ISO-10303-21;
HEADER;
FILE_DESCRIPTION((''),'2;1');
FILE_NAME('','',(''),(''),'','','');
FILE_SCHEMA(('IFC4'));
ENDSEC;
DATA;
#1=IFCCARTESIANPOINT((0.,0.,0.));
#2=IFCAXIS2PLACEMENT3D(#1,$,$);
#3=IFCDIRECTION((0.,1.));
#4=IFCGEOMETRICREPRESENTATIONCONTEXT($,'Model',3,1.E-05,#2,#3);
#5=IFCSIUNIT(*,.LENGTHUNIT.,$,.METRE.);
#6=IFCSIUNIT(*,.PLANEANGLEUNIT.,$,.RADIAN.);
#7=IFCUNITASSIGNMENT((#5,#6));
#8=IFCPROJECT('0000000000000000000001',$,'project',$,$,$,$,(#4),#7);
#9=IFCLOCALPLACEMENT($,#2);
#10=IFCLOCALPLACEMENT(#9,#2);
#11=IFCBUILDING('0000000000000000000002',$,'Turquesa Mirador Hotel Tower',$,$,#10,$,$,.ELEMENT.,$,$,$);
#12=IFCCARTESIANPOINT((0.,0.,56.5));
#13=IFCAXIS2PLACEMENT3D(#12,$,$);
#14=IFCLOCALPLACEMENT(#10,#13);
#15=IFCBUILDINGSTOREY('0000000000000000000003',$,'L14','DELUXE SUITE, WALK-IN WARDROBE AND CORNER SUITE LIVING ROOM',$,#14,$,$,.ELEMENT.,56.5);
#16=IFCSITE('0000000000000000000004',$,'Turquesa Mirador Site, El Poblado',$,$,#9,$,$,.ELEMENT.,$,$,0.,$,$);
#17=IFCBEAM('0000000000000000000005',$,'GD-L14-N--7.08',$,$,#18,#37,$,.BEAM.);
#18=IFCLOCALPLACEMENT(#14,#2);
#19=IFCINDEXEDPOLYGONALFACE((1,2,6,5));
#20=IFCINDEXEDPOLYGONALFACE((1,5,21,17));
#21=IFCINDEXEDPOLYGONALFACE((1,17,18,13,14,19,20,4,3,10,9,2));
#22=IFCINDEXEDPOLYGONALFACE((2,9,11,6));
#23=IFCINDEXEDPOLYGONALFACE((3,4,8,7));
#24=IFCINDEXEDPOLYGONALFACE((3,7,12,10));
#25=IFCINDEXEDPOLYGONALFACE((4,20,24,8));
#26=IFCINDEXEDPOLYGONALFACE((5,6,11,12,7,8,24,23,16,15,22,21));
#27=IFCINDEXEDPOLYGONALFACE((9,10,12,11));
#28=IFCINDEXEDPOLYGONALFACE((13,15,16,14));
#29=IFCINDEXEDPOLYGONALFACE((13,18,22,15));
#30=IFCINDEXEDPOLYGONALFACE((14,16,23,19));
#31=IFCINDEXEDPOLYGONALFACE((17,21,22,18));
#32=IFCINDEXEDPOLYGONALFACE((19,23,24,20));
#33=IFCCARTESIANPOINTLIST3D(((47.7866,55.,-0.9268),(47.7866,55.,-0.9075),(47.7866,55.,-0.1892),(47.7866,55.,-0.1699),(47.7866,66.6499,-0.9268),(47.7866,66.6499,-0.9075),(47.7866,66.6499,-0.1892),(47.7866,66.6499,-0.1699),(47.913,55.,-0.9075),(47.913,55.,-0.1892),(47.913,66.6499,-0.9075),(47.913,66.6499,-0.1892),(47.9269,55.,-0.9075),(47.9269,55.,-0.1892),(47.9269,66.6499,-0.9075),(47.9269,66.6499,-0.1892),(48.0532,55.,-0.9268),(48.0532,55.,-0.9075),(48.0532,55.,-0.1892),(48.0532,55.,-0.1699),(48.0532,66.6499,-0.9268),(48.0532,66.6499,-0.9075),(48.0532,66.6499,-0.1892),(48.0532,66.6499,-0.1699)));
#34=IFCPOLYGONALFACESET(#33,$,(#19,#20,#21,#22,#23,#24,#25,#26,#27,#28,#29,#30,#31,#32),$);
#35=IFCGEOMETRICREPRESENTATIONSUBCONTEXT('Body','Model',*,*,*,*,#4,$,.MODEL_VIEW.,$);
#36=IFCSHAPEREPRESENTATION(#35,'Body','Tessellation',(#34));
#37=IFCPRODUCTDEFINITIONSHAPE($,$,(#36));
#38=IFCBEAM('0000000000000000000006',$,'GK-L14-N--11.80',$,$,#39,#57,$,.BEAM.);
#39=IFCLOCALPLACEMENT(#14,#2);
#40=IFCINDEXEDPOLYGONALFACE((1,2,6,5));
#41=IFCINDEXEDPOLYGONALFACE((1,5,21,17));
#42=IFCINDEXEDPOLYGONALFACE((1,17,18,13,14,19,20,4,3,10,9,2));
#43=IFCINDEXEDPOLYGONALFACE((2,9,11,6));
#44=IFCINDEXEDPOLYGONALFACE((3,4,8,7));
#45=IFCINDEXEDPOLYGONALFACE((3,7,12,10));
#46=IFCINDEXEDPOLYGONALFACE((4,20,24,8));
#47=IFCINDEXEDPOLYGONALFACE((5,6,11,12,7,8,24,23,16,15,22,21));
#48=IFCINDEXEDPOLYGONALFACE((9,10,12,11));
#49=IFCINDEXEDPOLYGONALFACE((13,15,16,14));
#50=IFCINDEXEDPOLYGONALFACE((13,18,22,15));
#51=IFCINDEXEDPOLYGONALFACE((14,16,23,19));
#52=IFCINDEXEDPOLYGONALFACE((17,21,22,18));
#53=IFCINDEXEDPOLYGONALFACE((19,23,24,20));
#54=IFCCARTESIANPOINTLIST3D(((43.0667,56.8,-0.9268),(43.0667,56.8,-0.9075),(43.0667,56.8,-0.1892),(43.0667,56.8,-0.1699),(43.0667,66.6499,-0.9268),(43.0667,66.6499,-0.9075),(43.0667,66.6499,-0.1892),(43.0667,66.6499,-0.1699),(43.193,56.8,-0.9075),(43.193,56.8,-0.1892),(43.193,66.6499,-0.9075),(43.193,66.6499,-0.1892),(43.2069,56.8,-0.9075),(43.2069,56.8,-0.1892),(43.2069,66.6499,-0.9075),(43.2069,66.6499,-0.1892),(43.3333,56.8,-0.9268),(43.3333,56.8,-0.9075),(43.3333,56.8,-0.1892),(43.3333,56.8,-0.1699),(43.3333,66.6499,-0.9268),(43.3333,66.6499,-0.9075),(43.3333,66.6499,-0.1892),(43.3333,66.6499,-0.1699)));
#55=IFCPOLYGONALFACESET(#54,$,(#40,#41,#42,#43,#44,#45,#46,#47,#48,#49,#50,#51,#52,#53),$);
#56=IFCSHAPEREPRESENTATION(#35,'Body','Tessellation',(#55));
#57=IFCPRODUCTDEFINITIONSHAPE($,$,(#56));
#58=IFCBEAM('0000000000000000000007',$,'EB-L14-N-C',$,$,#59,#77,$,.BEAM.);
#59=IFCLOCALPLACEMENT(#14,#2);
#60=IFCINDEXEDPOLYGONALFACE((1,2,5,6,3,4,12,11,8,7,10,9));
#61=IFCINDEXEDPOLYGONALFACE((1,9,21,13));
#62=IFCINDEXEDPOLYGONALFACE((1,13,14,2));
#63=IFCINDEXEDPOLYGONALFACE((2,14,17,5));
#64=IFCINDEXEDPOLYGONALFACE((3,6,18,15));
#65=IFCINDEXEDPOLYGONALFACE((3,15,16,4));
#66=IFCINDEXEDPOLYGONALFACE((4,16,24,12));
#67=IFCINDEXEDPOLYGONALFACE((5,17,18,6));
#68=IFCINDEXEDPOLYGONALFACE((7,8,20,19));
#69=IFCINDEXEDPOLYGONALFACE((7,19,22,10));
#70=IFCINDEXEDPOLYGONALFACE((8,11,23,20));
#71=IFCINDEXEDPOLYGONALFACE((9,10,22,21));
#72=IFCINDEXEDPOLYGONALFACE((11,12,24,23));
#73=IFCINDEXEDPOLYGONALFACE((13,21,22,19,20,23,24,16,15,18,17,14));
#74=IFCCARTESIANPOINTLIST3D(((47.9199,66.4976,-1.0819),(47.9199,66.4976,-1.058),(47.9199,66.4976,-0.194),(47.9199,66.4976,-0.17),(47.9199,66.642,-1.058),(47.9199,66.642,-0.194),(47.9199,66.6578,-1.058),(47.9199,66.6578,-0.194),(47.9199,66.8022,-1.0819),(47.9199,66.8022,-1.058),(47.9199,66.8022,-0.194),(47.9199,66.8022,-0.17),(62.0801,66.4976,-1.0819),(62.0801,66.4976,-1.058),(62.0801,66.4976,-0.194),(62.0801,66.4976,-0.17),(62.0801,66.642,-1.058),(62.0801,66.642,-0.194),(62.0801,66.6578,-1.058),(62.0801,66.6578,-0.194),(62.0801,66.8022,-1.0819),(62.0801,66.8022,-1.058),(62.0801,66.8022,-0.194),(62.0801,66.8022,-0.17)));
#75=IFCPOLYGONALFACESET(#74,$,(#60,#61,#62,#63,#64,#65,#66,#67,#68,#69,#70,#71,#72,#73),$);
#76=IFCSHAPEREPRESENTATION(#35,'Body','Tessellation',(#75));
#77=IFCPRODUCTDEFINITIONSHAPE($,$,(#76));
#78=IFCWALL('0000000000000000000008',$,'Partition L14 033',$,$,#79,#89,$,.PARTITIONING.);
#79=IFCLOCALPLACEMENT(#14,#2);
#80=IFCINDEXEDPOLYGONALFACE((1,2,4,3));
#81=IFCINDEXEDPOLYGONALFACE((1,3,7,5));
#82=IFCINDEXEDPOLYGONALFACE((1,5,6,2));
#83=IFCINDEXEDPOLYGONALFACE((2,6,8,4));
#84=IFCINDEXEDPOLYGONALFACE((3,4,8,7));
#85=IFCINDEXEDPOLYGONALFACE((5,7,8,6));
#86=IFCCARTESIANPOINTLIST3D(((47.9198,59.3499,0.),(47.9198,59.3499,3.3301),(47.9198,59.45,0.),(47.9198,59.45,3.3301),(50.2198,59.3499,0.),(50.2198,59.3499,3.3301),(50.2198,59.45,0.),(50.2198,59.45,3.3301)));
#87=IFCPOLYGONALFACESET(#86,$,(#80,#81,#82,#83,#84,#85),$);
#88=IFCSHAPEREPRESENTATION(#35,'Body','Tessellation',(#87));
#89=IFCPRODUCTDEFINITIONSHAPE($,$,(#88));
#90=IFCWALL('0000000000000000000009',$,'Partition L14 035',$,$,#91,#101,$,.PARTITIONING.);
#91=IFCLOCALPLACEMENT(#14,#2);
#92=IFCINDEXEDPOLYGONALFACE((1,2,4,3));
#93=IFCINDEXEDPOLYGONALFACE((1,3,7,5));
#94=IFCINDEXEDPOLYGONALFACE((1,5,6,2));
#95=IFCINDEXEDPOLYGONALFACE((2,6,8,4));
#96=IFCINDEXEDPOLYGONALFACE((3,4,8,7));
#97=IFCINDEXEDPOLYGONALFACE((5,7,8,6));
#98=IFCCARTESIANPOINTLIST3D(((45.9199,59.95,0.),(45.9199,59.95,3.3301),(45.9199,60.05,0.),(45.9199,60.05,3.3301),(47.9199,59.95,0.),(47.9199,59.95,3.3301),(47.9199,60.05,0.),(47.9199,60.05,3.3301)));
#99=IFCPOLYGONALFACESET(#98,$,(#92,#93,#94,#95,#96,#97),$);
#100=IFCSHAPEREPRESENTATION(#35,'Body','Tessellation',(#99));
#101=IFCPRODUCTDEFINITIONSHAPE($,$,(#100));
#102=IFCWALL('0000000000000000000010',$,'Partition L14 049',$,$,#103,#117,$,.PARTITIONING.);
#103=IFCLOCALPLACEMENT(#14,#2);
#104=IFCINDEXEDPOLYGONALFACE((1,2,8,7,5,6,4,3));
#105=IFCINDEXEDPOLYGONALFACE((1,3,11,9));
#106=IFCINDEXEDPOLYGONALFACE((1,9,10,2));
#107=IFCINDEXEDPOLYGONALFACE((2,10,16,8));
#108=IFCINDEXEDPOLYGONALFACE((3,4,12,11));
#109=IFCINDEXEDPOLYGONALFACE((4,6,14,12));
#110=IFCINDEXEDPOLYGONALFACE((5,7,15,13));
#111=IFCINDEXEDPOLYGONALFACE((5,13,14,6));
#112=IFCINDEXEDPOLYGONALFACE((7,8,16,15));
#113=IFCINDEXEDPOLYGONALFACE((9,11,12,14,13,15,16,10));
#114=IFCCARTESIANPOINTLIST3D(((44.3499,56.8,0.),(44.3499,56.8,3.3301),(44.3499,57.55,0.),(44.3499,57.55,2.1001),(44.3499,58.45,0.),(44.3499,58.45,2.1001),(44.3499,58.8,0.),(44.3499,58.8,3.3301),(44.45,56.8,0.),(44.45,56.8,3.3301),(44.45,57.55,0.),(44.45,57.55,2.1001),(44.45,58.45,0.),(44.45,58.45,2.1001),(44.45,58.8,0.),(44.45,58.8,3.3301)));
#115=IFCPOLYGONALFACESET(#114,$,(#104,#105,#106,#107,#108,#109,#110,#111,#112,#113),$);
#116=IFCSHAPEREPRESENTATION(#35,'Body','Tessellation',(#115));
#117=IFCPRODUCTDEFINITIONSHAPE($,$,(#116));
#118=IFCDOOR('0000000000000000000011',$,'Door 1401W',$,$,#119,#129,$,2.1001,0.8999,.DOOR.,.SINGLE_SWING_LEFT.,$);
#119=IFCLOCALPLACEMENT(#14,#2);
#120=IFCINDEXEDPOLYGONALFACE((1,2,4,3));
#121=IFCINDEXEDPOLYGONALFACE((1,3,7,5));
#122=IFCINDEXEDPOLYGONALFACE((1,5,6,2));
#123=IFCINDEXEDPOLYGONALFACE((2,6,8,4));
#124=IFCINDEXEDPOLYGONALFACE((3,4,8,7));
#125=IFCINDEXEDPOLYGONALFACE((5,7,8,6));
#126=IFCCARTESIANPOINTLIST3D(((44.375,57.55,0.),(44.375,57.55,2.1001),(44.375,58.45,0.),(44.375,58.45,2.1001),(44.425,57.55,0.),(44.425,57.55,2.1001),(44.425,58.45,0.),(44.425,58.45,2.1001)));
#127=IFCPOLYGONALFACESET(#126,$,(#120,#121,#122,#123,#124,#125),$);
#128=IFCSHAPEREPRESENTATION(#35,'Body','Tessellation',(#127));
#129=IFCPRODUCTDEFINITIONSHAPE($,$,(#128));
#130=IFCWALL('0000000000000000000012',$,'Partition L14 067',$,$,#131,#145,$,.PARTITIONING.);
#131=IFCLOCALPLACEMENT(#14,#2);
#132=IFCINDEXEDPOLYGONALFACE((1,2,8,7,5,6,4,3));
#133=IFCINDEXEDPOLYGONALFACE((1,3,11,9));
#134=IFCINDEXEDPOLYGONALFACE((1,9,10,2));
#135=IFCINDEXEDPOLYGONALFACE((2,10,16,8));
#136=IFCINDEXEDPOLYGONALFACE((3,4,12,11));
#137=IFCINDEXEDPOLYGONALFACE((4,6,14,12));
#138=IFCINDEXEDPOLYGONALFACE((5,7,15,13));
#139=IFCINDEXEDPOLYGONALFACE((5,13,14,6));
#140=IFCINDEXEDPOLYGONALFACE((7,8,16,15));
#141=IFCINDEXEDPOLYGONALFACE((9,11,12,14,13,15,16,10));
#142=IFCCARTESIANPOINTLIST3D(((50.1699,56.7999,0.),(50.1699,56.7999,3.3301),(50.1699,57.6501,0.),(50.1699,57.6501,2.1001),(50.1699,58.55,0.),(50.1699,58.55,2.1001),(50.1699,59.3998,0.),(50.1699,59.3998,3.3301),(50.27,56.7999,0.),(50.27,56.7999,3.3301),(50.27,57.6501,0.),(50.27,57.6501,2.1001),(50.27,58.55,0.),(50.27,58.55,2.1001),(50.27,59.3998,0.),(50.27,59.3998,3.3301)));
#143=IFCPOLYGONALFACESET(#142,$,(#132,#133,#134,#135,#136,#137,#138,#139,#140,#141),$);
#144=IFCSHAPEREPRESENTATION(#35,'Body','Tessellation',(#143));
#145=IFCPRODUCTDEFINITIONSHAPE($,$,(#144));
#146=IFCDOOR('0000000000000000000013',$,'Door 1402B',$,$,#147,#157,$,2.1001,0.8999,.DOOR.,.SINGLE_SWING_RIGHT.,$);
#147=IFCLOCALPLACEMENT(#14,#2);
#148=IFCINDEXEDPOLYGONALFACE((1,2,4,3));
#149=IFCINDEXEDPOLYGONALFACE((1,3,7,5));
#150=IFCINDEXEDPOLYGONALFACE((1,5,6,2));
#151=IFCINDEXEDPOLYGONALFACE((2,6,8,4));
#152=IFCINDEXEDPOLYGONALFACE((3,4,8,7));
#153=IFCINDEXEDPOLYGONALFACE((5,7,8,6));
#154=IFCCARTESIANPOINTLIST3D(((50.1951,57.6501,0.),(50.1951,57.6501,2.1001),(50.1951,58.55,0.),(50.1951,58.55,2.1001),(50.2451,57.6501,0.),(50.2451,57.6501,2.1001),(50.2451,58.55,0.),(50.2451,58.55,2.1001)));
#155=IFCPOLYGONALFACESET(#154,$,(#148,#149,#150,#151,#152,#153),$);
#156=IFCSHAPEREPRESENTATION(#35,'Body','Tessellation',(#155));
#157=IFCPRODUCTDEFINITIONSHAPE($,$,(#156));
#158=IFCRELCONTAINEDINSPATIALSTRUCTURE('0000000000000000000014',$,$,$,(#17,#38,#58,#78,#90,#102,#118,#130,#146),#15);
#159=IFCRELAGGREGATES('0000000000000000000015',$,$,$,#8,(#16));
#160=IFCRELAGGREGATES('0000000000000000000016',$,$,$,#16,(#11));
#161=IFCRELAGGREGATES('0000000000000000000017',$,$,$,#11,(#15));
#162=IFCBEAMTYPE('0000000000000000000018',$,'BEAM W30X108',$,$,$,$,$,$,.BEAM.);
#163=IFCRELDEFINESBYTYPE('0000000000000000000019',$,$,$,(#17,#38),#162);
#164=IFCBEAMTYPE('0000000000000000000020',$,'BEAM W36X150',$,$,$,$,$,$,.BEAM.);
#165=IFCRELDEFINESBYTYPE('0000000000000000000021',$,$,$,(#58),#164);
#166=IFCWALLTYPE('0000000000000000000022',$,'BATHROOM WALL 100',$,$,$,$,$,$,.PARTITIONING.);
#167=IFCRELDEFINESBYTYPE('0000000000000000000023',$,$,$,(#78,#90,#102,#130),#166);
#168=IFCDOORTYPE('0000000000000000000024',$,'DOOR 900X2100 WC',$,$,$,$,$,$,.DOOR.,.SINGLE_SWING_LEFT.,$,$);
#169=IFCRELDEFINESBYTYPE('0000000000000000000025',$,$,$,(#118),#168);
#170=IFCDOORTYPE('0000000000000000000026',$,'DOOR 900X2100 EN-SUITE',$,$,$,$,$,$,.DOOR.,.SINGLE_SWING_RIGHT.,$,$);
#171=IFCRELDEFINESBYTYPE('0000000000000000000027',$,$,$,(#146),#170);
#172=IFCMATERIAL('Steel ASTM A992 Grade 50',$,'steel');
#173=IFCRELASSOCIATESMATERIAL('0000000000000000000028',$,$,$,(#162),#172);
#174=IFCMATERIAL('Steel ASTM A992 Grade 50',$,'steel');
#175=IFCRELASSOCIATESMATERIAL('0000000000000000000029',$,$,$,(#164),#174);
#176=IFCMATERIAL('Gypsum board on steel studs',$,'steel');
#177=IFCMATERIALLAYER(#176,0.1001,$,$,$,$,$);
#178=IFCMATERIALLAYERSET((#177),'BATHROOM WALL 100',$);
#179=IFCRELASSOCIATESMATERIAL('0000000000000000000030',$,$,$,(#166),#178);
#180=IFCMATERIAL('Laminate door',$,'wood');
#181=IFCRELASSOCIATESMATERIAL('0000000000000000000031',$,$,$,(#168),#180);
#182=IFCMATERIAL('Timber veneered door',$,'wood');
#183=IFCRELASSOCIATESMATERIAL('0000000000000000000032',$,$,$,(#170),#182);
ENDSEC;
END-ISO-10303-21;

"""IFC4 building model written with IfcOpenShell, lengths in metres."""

from ifc_helpers import new_model, si_unit, direction, frame, frame_2d, origin, origin_2d, place, context, subcontext, project, spatial, rectangle, i_section, extrude, material, layer, layer_set, material_profile, profile_set, type_object, element, fill, save


model = new_model("IFC4")

# Units and contexts
model_context = context("Model", 3, precision=1e-05, world=origin(), true_north=direction((0.0, 1.0)))
body_context = subcontext(model_context, "Body", "Model", "MODEL_VIEW")
ifc_project = project(units=[si_unit("LENGTHUNIT", "METRE"), si_unit("PLANEANGLEUNIT", "RADIAN")], contexts=[model_context])

# Site, building, storey
site_placement = place(None, origin())
site = spatial("IfcSite", under=ifc_project, at=site_placement, Name="Turquesa Mirador Site, El Poblado", CompositionType="ELEMENT", RefElevation=0.0)
building_placement = place(site_placement, origin())
building = spatial("IfcBuilding", under=site, at=building_placement, Name="Turquesa Mirador Hotel Tower", CompositionType="ELEMENT")
storey_placement = place(building_placement, frame((0.0, 0.0, 56.5)))
storey = spatial("IfcBuildingStorey", under=building, at=storey_placement, Name="L14", Description="DELUXE SUITE, WALK-IN WARDROBE AND CORNER SUITE LIVING ROOM", CompositionType="ELEMENT", Elevation=56.5)

# Beams
ifc_material_1 = material(Name="Steel ASTM A992 Grade 50", Category="steel")
ifc_material_profile_1 = material_profile(ifc_material_1, i_section(OverallWidth=0.2666, OverallDepth=0.7568, WebThickness=0.0139, FlangeThickness=0.0193, at=origin_2d()), Name="W30X108")
ifc_profile_set_1 = profile_set([ifc_material_profile_1], Name="Steel ASTM A992 Grade 50")
beam_type_1 = type_object("IfcBeamType", Name="BEAM W30X108", PredefinedType="BEAM", material=ifc_profile_set_1)
beam_1_placement = place(storey_placement, frame((47.9199, 66.6499, -0.5483), z_axis=(0.0, -1.0, 0.0), x_axis=(1.0, 0.0, 0.0)))
element("IfcBeam", 1, at=beam_1_placement, inside=storey, type_object=beam_type_1, Name="GD-L14-N--7.08", PredefinedType="BEAM", context=body_context, shape_type="SweptSolid", body=[
    extrude(i_section(OverallWidth=0.2666, OverallDepth=0.7568, WebThickness=0.0139, FlangeThickness=0.0193, at=origin_2d()), origin(), (0.0, 0.0, 1.0), 11.6499),
])
beam_2_placement = place(storey_placement, frame((43.2, 66.6499, -0.5483), z_axis=(0.0, -1.0, 0.0), x_axis=(1.0, 0.0, 0.0)))
element("IfcBeam", 2, at=beam_2_placement, inside=storey, type_object=beam_type_1, Name="GK-L14-N--11.80", PredefinedType="BEAM", context=body_context, shape_type="SweptSolid", body=[
    extrude(i_section(OverallWidth=0.2666, OverallDepth=0.7568, WebThickness=0.0139, FlangeThickness=0.0193, at=origin_2d()), origin(), (0.0, 0.0, 1.0), 9.8499),
])
ifc_material_2 = material(Name="Steel ASTM A992 Grade 50", Category="steel")
ifc_material_profile_2 = material_profile(ifc_material_2, i_section(OverallWidth=0.3047, OverallDepth=0.9119, WebThickness=0.0159, FlangeThickness=0.0239, at=origin_2d()), Name="W36X150")
ifc_profile_set_2 = profile_set([ifc_material_profile_2], Name="Steel ASTM A992 Grade 50")
beam_type_2 = type_object("IfcBeamType", Name="BEAM W36X150", PredefinedType="BEAM", material=ifc_profile_set_2)
beam_3_placement = place(storey_placement, frame((47.9199, 66.6499, -0.626), z_axis=(1.0, 0.0, 0.0), x_axis=(0.0, 1.0, 0.0)))
element("IfcBeam", 3, at=beam_3_placement, inside=storey, type_object=beam_type_2, Name="EB-L14-N-C", PredefinedType="BEAM", context=body_context, shape_type="SweptSolid", body=[
    extrude(i_section(OverallWidth=0.3047, OverallDepth=0.9119, WebThickness=0.0159, FlangeThickness=0.0239, at=origin_2d()), origin(), (0.0, 0.0, 1.0), 14.1602),
])

# Walls
ifc_material_3 = material(Name="Gypsum board on steel studs", Category="steel")
ifc_layer_1 = layer(ifc_material_3, 0.1001)
ifc_layer_set_1 = layer_set([ifc_layer_1], Name="BATHROOM WALL 100")
wall_type_1 = type_object("IfcWallType", Name="BATHROOM WALL 100", PredefinedType="PARTITIONING", material=ifc_layer_set_1)
wall_1_placement = place(storey_placement, frame((47.9199, 59.3999, 0.0), z_axis=(0.0, 0.0, 1.0), x_axis=(1.0, 0.0, 0.0)))
element("IfcWall", 4, at=wall_1_placement, inside=storey, type_object=wall_type_1, Name="Partition L14 033", PredefinedType="PARTITIONING", context=body_context, shape_type="SweptSolid", body=[
    extrude(rectangle(XDim=2.3, YDim=0.1001, at=frame_2d((1.1499, 0.0))), origin(), (0.0, 0.0, 1.0), 3.3301),
])
wall_2_placement = place(storey_placement, frame((45.9199, 60.0, 0.0), z_axis=(0.0, 0.0, 1.0), x_axis=(1.0, 0.0, 0.0)))
element("IfcWall", 5, at=wall_2_placement, inside=storey, type_object=wall_type_1, Name="Partition L14 035", PredefinedType="PARTITIONING", context=body_context, shape_type="SweptSolid", body=[
    extrude(rectangle(XDim=2.0, YDim=0.1001, at=frame_2d((1.0, 0.0))), origin(), (0.0, 0.0, 1.0), 3.3301),
])

# Walls, openings, doors
wall_3_placement = place(storey_placement, frame((44.3999, 56.8, 0.0), z_axis=(0.0, 0.0, 1.0), x_axis=(0.0, 1.0, 0.0)))
wall_3 = element("IfcWall", 6, at=wall_3_placement, inside=storey, type_object=wall_type_1, Name="Partition L14 049", PredefinedType="PARTITIONING", context=body_context, shape_type="SweptSolid", body=[
    extrude(rectangle(XDim=2.0, YDim=0.1001, at=frame_2d((1.0, 0.0))), origin(), (0.0, 0.0, 1.0), 3.3301),
])
opening_1_placement = place(wall_3_placement, frame((0.75, 0.0, 0.0)))
opening_1 = element("IfcOpeningElement", 7, at=opening_1_placement, cuts=wall_3, PredefinedType="OPENING", context=body_context, shape_type="SweptSolid", body=[
    extrude(rectangle(XDim=0.8999, YDim=2.1001, at=frame_2d((0.45, 1.05))), frame((0.0, 0.0601, 0.0), z_axis=(0.0, -1.0, 0.0), x_axis=(1.0, 0.0, 0.0)), (0.0, 0.0, 1.0), 0.1201),
])
ifc_material_4 = material(Name="Laminate door", Category="wood")
door_type_1 = type_object("IfcDoorType", Name="DOOR 900X2100 WC", OperationType="SINGLE_SWING_LEFT", PredefinedType="DOOR", material=ifc_material_4)
door_1_placement = place(opening_1_placement, origin())
door_1 = element("IfcDoor", 8, at=door_1_placement, inside=storey, type_object=door_type_1, Name="Door 1401W", OperationType="SINGLE_SWING_LEFT", OverallHeight=2.1001, OverallWidth=0.8999, PredefinedType="DOOR", context=body_context, shape_type="SweptSolid", body=[
    extrude(rectangle(XDim=0.8999, YDim=2.1001, at=frame_2d((0.45, 1.05))), frame((0.0, 0.0249, 0.0), z_axis=(0.0, -1.0, 0.0), x_axis=(1.0, 0.0, 0.0)), (0.0, 0.0, 1.0), 0.05),
])
fill(opening_1, door_1)
wall_4_placement = place(storey_placement, frame((50.22, 56.8, 0.0), z_axis=(0.0, 0.0, 1.0), x_axis=(0.0, 1.0, 0.0)))
wall_4 = element("IfcWall", 9, at=wall_4_placement, inside=storey, type_object=wall_type_1, Name="Partition L14 067", PredefinedType="PARTITIONING", context=body_context, shape_type="SweptSolid", body=[
    extrude(rectangle(XDim=2.5999, YDim=0.1001, at=frame_2d((1.2998, 0.0))), origin(), (0.0, 0.0, 1.0), 3.3301),
])
opening_2_placement = place(wall_4_placement, frame((0.8501, 0.0, 0.0)))
opening_2 = element("IfcOpeningElement", 10, at=opening_2_placement, cuts=wall_4, PredefinedType="OPENING", context=body_context, shape_type="SweptSolid", body=[
    extrude(rectangle(XDim=0.8999, YDim=2.1001, at=frame_2d((0.45, 1.05))), frame((0.0, 0.0601, 0.0), z_axis=(0.0, -1.0, 0.0), x_axis=(1.0, 0.0, 0.0)), (0.0, 0.0, 1.0), 0.1201),
])
ifc_material_5 = material(Name="Timber veneered door", Category="wood")
door_type_2 = type_object("IfcDoorType", Name="DOOR 900X2100 EN-SUITE", OperationType="SINGLE_SWING_RIGHT", PredefinedType="DOOR", material=ifc_material_5)
door_2_placement = place(opening_2_placement, origin())
door_2 = element("IfcDoor", 11, at=door_2_placement, inside=storey, type_object=door_type_2, Name="Door 1402B", OperationType="SINGLE_SWING_RIGHT", OverallHeight=2.1001, OverallWidth=0.8999, PredefinedType="DOOR", context=body_context, shape_type="SweptSolid", body=[
    extrude(rectangle(XDim=0.8999, YDim=2.1001, at=frame_2d((0.45, 1.05))), frame((0.0, 0.0249, 0.0), z_axis=(0.0, -1.0, 0.0), x_axis=(1.0, 0.0, 0.0)), (0.0, 0.0, 1.0), 0.05),
])
fill(opening_2, door_2)

save(model, "model.ifc")
